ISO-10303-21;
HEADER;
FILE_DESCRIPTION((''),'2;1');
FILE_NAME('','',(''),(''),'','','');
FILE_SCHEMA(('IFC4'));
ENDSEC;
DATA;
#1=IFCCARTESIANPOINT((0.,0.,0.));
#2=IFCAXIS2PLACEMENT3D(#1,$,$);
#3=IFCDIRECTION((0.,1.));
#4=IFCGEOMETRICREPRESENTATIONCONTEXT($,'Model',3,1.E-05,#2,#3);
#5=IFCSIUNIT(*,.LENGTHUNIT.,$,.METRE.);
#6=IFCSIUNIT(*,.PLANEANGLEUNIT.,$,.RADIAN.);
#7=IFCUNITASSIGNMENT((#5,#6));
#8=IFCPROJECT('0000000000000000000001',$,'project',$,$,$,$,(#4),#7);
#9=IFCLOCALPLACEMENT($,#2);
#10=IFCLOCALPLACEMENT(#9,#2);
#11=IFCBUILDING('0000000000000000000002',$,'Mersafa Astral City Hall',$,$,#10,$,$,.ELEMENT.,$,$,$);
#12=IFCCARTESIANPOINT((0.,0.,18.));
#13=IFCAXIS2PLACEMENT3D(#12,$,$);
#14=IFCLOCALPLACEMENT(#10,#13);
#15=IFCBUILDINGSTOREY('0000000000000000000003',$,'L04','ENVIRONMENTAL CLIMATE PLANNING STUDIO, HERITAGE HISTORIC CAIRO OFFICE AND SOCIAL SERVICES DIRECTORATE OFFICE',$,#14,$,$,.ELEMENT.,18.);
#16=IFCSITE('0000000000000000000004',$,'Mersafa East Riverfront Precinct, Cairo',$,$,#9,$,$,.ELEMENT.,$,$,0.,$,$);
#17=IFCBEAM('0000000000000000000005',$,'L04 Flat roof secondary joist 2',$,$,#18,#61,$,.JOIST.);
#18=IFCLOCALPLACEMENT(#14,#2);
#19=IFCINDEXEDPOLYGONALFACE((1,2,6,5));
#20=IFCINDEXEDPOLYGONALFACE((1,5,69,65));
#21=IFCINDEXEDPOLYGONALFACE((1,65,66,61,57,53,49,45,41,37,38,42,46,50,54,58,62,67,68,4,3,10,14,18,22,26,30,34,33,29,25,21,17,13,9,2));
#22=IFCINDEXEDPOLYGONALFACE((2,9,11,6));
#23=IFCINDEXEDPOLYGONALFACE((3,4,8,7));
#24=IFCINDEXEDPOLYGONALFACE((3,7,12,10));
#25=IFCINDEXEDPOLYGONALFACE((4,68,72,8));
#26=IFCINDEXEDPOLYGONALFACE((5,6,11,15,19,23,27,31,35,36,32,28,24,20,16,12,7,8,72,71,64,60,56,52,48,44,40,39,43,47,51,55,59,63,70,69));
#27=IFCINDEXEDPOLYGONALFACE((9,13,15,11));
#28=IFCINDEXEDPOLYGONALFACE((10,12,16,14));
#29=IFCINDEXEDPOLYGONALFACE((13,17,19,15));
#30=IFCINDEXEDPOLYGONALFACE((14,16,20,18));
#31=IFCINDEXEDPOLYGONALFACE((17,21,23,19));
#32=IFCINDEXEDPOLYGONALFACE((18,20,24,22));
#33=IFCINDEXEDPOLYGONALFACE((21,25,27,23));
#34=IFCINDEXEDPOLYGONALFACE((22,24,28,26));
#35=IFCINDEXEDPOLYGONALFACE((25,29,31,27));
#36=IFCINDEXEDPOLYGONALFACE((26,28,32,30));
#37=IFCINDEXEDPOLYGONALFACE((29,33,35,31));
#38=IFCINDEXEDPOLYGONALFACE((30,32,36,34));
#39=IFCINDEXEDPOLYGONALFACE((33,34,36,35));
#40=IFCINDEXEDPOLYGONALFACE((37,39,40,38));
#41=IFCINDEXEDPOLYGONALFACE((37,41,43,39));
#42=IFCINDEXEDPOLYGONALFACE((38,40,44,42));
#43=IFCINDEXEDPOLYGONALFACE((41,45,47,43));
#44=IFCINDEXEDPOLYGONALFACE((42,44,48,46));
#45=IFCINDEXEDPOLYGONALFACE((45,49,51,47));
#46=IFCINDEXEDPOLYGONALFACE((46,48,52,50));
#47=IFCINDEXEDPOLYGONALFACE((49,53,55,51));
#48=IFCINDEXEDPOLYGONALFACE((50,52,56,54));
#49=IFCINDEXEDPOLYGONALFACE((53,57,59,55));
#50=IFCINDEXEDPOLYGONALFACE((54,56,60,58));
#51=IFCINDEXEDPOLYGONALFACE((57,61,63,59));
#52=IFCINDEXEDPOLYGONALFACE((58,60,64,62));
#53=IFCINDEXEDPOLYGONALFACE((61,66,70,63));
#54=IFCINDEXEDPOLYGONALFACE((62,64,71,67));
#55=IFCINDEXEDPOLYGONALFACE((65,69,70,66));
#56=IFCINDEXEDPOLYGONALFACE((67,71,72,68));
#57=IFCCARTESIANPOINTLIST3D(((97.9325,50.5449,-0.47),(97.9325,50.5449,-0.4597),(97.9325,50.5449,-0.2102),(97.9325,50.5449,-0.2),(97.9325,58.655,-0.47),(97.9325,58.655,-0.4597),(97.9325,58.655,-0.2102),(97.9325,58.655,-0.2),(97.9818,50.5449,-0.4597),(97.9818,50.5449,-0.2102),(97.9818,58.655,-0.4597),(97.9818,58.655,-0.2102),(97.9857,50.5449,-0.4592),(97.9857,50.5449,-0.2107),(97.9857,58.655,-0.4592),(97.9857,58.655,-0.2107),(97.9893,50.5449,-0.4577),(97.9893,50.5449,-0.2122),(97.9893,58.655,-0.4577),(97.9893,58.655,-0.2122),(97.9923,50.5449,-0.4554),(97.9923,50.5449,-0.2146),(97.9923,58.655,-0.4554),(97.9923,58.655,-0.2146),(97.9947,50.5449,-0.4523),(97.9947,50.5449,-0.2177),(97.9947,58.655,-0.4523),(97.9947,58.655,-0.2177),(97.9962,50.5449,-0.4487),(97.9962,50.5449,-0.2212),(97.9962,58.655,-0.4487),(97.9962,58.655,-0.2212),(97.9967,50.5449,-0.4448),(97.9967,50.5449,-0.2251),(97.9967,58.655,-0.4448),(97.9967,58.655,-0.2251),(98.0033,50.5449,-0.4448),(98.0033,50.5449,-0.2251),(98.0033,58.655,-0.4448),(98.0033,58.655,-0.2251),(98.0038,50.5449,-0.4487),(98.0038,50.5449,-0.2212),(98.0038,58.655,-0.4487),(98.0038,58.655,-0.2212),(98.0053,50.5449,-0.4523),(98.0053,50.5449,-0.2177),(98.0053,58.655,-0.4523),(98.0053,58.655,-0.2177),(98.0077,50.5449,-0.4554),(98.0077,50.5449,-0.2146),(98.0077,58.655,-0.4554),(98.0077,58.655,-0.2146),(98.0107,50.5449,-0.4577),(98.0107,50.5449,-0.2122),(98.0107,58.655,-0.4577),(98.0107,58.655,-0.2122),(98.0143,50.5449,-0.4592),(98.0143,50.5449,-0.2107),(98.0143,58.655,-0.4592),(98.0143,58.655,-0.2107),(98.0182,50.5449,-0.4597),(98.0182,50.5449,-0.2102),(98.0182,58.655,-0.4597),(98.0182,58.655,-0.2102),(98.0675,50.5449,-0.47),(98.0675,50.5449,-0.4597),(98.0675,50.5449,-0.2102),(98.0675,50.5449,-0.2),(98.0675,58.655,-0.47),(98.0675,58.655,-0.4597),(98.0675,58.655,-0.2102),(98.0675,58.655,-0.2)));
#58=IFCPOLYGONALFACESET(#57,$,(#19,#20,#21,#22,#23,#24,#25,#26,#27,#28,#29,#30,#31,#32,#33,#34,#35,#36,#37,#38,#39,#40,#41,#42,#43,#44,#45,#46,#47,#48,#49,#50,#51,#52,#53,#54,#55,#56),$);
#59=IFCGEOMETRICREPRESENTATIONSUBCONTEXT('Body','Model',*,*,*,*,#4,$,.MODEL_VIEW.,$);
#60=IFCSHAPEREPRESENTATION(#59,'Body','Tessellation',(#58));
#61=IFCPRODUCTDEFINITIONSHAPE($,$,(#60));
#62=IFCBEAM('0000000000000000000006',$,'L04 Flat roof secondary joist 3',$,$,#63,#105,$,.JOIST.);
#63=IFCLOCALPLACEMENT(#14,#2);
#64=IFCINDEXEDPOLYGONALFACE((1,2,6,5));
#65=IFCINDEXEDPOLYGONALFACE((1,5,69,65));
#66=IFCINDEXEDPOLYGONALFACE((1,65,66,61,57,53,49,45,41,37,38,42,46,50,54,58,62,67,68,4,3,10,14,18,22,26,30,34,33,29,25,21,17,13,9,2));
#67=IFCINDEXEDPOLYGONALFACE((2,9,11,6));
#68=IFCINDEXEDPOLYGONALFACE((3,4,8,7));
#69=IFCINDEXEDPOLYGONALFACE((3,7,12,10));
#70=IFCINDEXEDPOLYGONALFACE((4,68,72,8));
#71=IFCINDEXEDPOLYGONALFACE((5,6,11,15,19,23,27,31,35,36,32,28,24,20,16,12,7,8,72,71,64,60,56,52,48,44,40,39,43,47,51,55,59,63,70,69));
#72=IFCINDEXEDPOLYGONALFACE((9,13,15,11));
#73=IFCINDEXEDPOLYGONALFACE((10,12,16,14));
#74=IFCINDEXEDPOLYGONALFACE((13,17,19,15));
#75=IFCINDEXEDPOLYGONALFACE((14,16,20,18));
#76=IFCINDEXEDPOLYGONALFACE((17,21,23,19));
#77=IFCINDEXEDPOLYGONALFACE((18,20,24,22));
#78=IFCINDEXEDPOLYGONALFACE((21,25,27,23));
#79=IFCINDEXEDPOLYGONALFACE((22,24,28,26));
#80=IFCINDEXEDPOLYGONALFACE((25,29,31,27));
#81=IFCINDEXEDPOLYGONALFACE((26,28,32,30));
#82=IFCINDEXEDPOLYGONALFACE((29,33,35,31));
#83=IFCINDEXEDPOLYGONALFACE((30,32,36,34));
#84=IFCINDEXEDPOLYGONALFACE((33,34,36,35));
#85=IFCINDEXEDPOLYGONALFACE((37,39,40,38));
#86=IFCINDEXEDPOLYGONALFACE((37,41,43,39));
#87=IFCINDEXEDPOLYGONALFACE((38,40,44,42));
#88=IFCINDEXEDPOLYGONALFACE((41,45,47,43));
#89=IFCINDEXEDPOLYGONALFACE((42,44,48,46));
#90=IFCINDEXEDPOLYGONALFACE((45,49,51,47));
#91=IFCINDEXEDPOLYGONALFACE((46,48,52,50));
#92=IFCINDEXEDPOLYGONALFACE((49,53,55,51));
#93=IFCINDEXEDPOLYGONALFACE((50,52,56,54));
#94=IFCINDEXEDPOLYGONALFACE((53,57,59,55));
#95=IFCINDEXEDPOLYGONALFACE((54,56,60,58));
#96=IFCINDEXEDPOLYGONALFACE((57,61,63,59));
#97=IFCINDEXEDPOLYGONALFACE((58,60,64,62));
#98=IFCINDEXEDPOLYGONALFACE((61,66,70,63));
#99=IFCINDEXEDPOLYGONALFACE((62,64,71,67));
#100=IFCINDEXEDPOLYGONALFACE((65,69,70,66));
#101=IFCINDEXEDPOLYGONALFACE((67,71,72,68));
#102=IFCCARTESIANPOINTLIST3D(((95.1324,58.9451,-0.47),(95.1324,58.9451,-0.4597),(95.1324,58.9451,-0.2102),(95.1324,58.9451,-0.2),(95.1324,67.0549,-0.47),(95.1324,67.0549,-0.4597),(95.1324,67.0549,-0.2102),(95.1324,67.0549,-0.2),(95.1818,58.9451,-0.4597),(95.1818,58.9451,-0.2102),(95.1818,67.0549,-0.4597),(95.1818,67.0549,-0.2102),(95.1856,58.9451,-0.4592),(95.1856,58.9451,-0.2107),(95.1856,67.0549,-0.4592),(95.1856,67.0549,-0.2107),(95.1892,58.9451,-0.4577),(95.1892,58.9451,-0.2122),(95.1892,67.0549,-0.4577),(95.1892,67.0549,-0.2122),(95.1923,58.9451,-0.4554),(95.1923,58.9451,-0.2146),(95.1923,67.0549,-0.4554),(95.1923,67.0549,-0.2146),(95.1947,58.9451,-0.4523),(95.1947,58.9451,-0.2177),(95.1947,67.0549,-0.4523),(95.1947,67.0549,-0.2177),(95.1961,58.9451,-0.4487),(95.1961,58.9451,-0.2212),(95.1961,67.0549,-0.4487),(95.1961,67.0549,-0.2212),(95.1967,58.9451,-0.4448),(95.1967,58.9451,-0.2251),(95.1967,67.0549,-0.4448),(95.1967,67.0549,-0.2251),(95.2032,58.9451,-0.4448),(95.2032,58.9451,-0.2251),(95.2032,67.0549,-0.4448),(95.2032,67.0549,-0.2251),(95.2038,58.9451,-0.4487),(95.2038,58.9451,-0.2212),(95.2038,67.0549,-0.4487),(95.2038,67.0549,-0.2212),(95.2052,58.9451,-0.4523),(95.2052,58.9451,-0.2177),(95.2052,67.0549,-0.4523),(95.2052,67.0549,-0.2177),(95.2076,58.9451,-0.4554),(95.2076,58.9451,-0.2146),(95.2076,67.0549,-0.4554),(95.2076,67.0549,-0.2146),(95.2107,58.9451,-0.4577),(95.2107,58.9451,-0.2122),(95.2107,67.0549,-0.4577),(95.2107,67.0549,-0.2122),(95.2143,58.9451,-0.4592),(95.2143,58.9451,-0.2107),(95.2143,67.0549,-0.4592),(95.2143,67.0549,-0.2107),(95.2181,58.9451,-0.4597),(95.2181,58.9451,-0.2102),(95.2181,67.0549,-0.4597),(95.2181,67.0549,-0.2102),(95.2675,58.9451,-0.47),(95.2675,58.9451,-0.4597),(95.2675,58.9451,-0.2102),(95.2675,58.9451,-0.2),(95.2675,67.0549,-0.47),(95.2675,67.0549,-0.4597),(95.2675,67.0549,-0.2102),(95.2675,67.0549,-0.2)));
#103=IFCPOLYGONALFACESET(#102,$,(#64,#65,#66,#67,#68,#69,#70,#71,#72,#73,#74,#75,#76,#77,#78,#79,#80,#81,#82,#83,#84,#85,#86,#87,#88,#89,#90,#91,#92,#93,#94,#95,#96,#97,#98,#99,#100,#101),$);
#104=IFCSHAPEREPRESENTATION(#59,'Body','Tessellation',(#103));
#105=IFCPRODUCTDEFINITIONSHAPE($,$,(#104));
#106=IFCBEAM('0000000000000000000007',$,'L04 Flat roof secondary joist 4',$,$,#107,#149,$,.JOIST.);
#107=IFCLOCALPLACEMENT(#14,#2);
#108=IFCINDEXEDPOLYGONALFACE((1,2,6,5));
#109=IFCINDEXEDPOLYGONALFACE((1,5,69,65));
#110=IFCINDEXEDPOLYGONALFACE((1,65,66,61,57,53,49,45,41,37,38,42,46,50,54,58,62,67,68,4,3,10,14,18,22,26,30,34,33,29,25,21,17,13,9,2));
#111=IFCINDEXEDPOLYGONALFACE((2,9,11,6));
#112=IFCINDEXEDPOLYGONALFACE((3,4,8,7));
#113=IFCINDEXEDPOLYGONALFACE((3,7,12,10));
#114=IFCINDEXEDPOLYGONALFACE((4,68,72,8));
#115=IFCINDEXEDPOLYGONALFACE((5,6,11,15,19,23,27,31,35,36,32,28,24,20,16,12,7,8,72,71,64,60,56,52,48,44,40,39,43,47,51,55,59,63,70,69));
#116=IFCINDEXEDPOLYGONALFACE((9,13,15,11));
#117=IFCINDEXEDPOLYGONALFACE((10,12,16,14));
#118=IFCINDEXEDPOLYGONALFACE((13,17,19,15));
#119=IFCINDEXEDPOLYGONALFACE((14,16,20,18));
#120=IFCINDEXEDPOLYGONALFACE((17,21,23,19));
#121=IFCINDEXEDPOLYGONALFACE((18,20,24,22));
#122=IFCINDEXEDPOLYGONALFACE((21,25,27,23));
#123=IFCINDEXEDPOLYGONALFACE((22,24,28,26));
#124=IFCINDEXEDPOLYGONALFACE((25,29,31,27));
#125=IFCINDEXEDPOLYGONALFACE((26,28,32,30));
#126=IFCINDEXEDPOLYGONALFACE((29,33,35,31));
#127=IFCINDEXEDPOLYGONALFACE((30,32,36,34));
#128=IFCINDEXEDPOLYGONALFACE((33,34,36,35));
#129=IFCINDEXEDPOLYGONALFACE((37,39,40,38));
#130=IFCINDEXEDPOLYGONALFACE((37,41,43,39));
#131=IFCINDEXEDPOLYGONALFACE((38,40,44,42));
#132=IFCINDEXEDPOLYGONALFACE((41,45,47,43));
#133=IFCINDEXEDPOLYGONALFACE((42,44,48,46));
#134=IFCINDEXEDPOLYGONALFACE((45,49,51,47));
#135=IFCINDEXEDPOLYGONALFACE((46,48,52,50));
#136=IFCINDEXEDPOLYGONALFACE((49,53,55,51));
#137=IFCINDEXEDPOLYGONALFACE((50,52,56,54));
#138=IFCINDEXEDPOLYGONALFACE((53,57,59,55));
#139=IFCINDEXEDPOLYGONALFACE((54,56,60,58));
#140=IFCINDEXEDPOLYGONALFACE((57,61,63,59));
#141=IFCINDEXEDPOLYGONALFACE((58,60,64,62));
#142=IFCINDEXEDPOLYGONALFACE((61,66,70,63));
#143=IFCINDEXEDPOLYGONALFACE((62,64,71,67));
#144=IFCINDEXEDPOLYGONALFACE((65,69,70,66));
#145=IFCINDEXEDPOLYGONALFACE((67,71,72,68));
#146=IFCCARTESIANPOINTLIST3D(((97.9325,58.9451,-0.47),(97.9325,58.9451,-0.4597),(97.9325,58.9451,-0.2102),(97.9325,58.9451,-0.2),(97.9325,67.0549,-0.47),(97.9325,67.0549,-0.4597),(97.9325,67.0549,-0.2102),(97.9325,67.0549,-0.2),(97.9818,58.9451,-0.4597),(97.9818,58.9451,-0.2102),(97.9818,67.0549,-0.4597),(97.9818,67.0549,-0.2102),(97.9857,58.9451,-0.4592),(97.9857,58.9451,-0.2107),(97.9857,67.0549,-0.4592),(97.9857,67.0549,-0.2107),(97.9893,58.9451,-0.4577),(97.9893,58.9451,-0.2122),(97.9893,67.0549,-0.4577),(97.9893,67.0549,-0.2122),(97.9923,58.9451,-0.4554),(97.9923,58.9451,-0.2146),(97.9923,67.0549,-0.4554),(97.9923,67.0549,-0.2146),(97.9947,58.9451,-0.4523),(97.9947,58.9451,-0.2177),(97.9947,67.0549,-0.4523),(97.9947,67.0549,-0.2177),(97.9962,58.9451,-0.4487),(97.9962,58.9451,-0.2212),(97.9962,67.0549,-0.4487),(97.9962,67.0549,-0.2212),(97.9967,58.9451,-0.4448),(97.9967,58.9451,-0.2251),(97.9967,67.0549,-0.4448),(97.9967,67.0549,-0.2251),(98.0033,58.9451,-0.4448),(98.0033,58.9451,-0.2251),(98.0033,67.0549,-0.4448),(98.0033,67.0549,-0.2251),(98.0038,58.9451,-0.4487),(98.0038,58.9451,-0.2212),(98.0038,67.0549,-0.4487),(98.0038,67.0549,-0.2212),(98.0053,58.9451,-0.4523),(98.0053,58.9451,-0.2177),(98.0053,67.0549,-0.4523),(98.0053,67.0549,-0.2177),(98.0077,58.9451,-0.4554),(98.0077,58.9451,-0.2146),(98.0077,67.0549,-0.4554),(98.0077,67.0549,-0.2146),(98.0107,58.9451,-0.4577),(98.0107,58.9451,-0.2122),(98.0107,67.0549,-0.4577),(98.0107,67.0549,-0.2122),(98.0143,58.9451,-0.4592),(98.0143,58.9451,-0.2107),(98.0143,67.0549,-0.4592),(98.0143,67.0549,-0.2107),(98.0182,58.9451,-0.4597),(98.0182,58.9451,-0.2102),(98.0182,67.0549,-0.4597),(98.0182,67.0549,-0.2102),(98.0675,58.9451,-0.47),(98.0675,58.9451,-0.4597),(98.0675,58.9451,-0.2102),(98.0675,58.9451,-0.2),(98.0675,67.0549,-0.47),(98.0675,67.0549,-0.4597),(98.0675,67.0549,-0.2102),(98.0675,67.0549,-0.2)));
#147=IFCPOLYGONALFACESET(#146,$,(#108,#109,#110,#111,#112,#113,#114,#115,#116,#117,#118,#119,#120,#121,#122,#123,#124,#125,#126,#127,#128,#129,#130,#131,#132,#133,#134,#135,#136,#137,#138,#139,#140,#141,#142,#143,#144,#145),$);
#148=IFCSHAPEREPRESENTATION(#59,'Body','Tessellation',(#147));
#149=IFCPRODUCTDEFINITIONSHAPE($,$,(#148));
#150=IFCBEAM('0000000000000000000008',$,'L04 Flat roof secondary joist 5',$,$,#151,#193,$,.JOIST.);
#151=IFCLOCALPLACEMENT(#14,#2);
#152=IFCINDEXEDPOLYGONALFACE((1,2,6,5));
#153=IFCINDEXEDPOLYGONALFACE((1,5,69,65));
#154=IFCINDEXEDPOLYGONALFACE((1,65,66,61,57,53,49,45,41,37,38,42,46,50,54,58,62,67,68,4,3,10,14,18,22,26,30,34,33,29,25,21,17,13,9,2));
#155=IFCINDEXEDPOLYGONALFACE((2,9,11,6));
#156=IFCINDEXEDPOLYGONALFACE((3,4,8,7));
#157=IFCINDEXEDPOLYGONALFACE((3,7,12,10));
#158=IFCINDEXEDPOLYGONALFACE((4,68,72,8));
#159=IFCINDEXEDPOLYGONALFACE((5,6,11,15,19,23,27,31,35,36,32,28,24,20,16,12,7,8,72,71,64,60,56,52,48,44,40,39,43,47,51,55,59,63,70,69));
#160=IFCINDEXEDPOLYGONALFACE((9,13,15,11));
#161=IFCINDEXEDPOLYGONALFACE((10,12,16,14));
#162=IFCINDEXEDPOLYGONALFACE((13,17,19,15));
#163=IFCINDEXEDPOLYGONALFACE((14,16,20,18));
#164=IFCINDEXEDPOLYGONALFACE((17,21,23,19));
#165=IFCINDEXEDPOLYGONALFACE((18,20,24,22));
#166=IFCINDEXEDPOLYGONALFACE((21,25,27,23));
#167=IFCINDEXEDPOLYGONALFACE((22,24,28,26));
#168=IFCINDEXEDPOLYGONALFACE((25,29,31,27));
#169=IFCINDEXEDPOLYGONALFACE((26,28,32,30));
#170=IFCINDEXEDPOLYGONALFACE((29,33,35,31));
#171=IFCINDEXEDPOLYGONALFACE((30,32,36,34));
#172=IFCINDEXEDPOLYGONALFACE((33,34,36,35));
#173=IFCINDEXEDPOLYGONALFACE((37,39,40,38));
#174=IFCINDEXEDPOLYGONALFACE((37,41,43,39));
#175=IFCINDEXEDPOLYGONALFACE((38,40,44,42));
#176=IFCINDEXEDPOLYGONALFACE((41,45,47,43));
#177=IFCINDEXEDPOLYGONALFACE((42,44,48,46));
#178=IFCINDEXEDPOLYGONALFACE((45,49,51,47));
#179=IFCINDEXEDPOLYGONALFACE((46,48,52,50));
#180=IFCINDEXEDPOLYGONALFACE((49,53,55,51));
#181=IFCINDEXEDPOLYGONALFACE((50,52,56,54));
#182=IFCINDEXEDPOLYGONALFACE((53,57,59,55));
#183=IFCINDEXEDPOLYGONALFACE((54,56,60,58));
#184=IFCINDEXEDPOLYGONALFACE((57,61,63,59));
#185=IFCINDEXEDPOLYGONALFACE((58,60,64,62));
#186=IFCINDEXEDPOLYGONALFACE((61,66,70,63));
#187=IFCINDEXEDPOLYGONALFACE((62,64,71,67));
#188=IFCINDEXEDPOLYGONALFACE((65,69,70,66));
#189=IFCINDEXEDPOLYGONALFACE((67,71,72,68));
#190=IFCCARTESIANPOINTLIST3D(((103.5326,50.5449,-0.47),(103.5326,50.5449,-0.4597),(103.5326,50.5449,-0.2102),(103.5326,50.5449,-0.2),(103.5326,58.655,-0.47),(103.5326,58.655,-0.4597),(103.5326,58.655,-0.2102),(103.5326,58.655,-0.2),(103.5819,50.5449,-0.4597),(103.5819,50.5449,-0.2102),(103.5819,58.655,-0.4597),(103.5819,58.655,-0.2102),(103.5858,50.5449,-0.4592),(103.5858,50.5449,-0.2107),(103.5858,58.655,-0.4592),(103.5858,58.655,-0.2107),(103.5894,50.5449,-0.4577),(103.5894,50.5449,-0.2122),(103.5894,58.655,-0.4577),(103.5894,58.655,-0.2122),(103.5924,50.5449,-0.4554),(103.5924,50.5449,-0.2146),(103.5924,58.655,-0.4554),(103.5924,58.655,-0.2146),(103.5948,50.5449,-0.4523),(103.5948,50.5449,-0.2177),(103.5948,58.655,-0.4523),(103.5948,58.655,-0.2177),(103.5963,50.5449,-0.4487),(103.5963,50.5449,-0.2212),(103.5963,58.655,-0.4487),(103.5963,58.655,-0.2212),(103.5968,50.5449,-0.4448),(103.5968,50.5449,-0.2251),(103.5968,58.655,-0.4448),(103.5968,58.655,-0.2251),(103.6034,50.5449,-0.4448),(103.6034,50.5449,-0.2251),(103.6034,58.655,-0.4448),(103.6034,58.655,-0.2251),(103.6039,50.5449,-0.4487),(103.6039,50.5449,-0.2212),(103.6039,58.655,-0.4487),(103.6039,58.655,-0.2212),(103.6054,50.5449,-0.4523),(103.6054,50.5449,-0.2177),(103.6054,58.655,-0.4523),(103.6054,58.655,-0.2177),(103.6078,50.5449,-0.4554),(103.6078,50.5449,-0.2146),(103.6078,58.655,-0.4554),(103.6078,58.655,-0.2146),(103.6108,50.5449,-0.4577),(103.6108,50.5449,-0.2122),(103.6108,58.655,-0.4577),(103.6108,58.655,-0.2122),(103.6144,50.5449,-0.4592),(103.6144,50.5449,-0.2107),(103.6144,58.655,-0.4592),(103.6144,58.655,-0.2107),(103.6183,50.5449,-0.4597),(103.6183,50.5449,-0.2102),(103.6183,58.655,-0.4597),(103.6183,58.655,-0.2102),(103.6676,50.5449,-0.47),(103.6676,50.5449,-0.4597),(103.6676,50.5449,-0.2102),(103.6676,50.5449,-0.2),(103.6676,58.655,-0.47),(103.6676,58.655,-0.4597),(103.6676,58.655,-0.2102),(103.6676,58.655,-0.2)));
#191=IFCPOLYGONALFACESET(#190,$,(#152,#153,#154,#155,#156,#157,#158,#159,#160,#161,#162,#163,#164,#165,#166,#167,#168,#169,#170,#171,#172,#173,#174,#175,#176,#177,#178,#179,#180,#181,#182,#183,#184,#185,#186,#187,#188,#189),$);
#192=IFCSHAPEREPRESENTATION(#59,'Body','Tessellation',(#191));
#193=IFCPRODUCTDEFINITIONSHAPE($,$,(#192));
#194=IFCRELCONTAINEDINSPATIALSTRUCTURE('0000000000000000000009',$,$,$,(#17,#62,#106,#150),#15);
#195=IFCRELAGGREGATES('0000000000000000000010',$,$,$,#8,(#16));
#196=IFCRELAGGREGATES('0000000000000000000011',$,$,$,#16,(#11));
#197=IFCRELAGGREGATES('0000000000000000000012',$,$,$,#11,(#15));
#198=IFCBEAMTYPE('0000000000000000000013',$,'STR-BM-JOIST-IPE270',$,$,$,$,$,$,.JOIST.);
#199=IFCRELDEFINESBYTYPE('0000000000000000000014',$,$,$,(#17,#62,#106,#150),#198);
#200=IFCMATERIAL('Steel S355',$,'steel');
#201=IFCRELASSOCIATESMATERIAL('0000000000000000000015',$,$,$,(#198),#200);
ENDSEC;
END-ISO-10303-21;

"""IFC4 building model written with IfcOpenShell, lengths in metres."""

from ifc_helpers import new_model, si_unit, direction, frame, origin, origin_2d, place, context, subcontext, project, spatial, i_section, extrude, material, material_profile, profile_set, type_object, element, save


model = new_model("IFC4")

# Units and contexts
model_context = context("Model", 3, precision=1e-05, world=origin(), true_north=direction((0.0, 1.0)))
body_context = subcontext(model_context, "Body", "Model", "MODEL_VIEW")
ifc_project = project(units=[si_unit("LENGTHUNIT", "METRE"), si_unit("PLANEANGLEUNIT", "RADIAN")], contexts=[model_context])

# Site, building, storey
site_placement = place(None, origin())
site = spatial("IfcSite", under=ifc_project, at=site_placement, Name="Mersafa East Riverfront Precinct, Cairo", CompositionType="ELEMENT", RefElevation=0.0)
building_placement = place(site_placement, origin())
building = spatial("IfcBuilding", under=site, at=building_placement, Name="Mersafa Astral City Hall", CompositionType="ELEMENT")
storey_placement = place(building_placement, frame((0.0, 0.0, 18.0)))
storey = spatial("IfcBuildingStorey", under=building, at=storey_placement, Name="L04", Description="ENVIRONMENTAL CLIMATE PLANNING STUDIO, HERITAGE HISTORIC CAIRO OFFICE AND SOCIAL SERVICES DIRECTORATE OFFICE", CompositionType="ELEMENT", Elevation=18.0)

# Beams
ifc_material_1 = material(Name="Steel S355", Category="steel")
ifc_material_profile_1 = material_profile(ifc_material_1, i_section(OverallWidth=0.135, OverallDepth=0.27, WebThickness=0.0066, FlangeThickness=0.0103, FilletRadius=0.0149, at=origin_2d()), Name="IPE 270")
ifc_profile_set_1 = profile_set([ifc_material_profile_1], Name="Steel S355")
beam_type_1 = type_object("IfcBeamType", Name="STR-BM-JOIST-IPE270", PredefinedType="JOIST", material=ifc_profile_set_1)
for number, where, z_axis, x_axis, name in (
    (1, (98.0, 50.5449, -0.335), (0.0, 1.0, 0.0), (-1.0, 0.0, 0.0), "L04 Flat roof secondary joist 2"),
):
    element("IfcBeam", number, at=place(storey_placement, frame(where, z_axis=z_axis, x_axis=x_axis)), inside=storey, type_object=beam_type_1, Name=name, PredefinedType="JOIST", context=body_context, shape_type="SweptSolid", body=[
        extrude(i_section(OverallWidth=0.135, OverallDepth=0.27, WebThickness=0.0066, FlangeThickness=0.0103, FilletRadius=0.0149, at=origin_2d()), origin(), (0.0, 0.0, 1.0), 8.1101),
    ])
for number, where, z_axis, x_axis, name in (
    (2, (95.2, 58.9451, -0.335), (0.0, 1.0, 0.0), (-1.0, 0.0, 0.0), "L04 Flat roof secondary joist 3"),
    (3, (98.0, 58.9451, -0.335), (0.0, 1.0, 0.0), (-1.0, 0.0, 0.0), "L04 Flat roof secondary joist 4"),
):
    element("IfcBeam", number, at=place(storey_placement, frame(where, z_axis=z_axis, x_axis=x_axis)), inside=storey, type_object=beam_type_1, Name=name, PredefinedType="JOIST", context=body_context, shape_type="SweptSolid", body=[
        extrude(i_section(OverallWidth=0.135, OverallDepth=0.27, WebThickness=0.0066, FlangeThickness=0.0103, FilletRadius=0.0149, at=origin_2d()), origin(), (0.0, 0.0, 1.0), 8.1099),
    ])
for number, where, z_axis, x_axis, name in (
    (4, (103.6001, 50.5449, -0.335), (0.0, 1.0, 0.0), (-1.0, 0.0, 0.0), "L04 Flat roof secondary joist 5"),
):
    element("IfcBeam", number, at=place(storey_placement, frame(where, z_axis=z_axis, x_axis=x_axis)), inside=storey, type_object=beam_type_1, Name=name, PredefinedType="JOIST", context=body_context, shape_type="SweptSolid", body=[
        extrude(i_section(OverallWidth=0.135, OverallDepth=0.27, WebThickness=0.0066, FlangeThickness=0.0103, FilletRadius=0.0149, at=origin_2d()), origin(), (0.0, 0.0, 1.0), 8.1101),
    ])

save(model, "model.ifc")
